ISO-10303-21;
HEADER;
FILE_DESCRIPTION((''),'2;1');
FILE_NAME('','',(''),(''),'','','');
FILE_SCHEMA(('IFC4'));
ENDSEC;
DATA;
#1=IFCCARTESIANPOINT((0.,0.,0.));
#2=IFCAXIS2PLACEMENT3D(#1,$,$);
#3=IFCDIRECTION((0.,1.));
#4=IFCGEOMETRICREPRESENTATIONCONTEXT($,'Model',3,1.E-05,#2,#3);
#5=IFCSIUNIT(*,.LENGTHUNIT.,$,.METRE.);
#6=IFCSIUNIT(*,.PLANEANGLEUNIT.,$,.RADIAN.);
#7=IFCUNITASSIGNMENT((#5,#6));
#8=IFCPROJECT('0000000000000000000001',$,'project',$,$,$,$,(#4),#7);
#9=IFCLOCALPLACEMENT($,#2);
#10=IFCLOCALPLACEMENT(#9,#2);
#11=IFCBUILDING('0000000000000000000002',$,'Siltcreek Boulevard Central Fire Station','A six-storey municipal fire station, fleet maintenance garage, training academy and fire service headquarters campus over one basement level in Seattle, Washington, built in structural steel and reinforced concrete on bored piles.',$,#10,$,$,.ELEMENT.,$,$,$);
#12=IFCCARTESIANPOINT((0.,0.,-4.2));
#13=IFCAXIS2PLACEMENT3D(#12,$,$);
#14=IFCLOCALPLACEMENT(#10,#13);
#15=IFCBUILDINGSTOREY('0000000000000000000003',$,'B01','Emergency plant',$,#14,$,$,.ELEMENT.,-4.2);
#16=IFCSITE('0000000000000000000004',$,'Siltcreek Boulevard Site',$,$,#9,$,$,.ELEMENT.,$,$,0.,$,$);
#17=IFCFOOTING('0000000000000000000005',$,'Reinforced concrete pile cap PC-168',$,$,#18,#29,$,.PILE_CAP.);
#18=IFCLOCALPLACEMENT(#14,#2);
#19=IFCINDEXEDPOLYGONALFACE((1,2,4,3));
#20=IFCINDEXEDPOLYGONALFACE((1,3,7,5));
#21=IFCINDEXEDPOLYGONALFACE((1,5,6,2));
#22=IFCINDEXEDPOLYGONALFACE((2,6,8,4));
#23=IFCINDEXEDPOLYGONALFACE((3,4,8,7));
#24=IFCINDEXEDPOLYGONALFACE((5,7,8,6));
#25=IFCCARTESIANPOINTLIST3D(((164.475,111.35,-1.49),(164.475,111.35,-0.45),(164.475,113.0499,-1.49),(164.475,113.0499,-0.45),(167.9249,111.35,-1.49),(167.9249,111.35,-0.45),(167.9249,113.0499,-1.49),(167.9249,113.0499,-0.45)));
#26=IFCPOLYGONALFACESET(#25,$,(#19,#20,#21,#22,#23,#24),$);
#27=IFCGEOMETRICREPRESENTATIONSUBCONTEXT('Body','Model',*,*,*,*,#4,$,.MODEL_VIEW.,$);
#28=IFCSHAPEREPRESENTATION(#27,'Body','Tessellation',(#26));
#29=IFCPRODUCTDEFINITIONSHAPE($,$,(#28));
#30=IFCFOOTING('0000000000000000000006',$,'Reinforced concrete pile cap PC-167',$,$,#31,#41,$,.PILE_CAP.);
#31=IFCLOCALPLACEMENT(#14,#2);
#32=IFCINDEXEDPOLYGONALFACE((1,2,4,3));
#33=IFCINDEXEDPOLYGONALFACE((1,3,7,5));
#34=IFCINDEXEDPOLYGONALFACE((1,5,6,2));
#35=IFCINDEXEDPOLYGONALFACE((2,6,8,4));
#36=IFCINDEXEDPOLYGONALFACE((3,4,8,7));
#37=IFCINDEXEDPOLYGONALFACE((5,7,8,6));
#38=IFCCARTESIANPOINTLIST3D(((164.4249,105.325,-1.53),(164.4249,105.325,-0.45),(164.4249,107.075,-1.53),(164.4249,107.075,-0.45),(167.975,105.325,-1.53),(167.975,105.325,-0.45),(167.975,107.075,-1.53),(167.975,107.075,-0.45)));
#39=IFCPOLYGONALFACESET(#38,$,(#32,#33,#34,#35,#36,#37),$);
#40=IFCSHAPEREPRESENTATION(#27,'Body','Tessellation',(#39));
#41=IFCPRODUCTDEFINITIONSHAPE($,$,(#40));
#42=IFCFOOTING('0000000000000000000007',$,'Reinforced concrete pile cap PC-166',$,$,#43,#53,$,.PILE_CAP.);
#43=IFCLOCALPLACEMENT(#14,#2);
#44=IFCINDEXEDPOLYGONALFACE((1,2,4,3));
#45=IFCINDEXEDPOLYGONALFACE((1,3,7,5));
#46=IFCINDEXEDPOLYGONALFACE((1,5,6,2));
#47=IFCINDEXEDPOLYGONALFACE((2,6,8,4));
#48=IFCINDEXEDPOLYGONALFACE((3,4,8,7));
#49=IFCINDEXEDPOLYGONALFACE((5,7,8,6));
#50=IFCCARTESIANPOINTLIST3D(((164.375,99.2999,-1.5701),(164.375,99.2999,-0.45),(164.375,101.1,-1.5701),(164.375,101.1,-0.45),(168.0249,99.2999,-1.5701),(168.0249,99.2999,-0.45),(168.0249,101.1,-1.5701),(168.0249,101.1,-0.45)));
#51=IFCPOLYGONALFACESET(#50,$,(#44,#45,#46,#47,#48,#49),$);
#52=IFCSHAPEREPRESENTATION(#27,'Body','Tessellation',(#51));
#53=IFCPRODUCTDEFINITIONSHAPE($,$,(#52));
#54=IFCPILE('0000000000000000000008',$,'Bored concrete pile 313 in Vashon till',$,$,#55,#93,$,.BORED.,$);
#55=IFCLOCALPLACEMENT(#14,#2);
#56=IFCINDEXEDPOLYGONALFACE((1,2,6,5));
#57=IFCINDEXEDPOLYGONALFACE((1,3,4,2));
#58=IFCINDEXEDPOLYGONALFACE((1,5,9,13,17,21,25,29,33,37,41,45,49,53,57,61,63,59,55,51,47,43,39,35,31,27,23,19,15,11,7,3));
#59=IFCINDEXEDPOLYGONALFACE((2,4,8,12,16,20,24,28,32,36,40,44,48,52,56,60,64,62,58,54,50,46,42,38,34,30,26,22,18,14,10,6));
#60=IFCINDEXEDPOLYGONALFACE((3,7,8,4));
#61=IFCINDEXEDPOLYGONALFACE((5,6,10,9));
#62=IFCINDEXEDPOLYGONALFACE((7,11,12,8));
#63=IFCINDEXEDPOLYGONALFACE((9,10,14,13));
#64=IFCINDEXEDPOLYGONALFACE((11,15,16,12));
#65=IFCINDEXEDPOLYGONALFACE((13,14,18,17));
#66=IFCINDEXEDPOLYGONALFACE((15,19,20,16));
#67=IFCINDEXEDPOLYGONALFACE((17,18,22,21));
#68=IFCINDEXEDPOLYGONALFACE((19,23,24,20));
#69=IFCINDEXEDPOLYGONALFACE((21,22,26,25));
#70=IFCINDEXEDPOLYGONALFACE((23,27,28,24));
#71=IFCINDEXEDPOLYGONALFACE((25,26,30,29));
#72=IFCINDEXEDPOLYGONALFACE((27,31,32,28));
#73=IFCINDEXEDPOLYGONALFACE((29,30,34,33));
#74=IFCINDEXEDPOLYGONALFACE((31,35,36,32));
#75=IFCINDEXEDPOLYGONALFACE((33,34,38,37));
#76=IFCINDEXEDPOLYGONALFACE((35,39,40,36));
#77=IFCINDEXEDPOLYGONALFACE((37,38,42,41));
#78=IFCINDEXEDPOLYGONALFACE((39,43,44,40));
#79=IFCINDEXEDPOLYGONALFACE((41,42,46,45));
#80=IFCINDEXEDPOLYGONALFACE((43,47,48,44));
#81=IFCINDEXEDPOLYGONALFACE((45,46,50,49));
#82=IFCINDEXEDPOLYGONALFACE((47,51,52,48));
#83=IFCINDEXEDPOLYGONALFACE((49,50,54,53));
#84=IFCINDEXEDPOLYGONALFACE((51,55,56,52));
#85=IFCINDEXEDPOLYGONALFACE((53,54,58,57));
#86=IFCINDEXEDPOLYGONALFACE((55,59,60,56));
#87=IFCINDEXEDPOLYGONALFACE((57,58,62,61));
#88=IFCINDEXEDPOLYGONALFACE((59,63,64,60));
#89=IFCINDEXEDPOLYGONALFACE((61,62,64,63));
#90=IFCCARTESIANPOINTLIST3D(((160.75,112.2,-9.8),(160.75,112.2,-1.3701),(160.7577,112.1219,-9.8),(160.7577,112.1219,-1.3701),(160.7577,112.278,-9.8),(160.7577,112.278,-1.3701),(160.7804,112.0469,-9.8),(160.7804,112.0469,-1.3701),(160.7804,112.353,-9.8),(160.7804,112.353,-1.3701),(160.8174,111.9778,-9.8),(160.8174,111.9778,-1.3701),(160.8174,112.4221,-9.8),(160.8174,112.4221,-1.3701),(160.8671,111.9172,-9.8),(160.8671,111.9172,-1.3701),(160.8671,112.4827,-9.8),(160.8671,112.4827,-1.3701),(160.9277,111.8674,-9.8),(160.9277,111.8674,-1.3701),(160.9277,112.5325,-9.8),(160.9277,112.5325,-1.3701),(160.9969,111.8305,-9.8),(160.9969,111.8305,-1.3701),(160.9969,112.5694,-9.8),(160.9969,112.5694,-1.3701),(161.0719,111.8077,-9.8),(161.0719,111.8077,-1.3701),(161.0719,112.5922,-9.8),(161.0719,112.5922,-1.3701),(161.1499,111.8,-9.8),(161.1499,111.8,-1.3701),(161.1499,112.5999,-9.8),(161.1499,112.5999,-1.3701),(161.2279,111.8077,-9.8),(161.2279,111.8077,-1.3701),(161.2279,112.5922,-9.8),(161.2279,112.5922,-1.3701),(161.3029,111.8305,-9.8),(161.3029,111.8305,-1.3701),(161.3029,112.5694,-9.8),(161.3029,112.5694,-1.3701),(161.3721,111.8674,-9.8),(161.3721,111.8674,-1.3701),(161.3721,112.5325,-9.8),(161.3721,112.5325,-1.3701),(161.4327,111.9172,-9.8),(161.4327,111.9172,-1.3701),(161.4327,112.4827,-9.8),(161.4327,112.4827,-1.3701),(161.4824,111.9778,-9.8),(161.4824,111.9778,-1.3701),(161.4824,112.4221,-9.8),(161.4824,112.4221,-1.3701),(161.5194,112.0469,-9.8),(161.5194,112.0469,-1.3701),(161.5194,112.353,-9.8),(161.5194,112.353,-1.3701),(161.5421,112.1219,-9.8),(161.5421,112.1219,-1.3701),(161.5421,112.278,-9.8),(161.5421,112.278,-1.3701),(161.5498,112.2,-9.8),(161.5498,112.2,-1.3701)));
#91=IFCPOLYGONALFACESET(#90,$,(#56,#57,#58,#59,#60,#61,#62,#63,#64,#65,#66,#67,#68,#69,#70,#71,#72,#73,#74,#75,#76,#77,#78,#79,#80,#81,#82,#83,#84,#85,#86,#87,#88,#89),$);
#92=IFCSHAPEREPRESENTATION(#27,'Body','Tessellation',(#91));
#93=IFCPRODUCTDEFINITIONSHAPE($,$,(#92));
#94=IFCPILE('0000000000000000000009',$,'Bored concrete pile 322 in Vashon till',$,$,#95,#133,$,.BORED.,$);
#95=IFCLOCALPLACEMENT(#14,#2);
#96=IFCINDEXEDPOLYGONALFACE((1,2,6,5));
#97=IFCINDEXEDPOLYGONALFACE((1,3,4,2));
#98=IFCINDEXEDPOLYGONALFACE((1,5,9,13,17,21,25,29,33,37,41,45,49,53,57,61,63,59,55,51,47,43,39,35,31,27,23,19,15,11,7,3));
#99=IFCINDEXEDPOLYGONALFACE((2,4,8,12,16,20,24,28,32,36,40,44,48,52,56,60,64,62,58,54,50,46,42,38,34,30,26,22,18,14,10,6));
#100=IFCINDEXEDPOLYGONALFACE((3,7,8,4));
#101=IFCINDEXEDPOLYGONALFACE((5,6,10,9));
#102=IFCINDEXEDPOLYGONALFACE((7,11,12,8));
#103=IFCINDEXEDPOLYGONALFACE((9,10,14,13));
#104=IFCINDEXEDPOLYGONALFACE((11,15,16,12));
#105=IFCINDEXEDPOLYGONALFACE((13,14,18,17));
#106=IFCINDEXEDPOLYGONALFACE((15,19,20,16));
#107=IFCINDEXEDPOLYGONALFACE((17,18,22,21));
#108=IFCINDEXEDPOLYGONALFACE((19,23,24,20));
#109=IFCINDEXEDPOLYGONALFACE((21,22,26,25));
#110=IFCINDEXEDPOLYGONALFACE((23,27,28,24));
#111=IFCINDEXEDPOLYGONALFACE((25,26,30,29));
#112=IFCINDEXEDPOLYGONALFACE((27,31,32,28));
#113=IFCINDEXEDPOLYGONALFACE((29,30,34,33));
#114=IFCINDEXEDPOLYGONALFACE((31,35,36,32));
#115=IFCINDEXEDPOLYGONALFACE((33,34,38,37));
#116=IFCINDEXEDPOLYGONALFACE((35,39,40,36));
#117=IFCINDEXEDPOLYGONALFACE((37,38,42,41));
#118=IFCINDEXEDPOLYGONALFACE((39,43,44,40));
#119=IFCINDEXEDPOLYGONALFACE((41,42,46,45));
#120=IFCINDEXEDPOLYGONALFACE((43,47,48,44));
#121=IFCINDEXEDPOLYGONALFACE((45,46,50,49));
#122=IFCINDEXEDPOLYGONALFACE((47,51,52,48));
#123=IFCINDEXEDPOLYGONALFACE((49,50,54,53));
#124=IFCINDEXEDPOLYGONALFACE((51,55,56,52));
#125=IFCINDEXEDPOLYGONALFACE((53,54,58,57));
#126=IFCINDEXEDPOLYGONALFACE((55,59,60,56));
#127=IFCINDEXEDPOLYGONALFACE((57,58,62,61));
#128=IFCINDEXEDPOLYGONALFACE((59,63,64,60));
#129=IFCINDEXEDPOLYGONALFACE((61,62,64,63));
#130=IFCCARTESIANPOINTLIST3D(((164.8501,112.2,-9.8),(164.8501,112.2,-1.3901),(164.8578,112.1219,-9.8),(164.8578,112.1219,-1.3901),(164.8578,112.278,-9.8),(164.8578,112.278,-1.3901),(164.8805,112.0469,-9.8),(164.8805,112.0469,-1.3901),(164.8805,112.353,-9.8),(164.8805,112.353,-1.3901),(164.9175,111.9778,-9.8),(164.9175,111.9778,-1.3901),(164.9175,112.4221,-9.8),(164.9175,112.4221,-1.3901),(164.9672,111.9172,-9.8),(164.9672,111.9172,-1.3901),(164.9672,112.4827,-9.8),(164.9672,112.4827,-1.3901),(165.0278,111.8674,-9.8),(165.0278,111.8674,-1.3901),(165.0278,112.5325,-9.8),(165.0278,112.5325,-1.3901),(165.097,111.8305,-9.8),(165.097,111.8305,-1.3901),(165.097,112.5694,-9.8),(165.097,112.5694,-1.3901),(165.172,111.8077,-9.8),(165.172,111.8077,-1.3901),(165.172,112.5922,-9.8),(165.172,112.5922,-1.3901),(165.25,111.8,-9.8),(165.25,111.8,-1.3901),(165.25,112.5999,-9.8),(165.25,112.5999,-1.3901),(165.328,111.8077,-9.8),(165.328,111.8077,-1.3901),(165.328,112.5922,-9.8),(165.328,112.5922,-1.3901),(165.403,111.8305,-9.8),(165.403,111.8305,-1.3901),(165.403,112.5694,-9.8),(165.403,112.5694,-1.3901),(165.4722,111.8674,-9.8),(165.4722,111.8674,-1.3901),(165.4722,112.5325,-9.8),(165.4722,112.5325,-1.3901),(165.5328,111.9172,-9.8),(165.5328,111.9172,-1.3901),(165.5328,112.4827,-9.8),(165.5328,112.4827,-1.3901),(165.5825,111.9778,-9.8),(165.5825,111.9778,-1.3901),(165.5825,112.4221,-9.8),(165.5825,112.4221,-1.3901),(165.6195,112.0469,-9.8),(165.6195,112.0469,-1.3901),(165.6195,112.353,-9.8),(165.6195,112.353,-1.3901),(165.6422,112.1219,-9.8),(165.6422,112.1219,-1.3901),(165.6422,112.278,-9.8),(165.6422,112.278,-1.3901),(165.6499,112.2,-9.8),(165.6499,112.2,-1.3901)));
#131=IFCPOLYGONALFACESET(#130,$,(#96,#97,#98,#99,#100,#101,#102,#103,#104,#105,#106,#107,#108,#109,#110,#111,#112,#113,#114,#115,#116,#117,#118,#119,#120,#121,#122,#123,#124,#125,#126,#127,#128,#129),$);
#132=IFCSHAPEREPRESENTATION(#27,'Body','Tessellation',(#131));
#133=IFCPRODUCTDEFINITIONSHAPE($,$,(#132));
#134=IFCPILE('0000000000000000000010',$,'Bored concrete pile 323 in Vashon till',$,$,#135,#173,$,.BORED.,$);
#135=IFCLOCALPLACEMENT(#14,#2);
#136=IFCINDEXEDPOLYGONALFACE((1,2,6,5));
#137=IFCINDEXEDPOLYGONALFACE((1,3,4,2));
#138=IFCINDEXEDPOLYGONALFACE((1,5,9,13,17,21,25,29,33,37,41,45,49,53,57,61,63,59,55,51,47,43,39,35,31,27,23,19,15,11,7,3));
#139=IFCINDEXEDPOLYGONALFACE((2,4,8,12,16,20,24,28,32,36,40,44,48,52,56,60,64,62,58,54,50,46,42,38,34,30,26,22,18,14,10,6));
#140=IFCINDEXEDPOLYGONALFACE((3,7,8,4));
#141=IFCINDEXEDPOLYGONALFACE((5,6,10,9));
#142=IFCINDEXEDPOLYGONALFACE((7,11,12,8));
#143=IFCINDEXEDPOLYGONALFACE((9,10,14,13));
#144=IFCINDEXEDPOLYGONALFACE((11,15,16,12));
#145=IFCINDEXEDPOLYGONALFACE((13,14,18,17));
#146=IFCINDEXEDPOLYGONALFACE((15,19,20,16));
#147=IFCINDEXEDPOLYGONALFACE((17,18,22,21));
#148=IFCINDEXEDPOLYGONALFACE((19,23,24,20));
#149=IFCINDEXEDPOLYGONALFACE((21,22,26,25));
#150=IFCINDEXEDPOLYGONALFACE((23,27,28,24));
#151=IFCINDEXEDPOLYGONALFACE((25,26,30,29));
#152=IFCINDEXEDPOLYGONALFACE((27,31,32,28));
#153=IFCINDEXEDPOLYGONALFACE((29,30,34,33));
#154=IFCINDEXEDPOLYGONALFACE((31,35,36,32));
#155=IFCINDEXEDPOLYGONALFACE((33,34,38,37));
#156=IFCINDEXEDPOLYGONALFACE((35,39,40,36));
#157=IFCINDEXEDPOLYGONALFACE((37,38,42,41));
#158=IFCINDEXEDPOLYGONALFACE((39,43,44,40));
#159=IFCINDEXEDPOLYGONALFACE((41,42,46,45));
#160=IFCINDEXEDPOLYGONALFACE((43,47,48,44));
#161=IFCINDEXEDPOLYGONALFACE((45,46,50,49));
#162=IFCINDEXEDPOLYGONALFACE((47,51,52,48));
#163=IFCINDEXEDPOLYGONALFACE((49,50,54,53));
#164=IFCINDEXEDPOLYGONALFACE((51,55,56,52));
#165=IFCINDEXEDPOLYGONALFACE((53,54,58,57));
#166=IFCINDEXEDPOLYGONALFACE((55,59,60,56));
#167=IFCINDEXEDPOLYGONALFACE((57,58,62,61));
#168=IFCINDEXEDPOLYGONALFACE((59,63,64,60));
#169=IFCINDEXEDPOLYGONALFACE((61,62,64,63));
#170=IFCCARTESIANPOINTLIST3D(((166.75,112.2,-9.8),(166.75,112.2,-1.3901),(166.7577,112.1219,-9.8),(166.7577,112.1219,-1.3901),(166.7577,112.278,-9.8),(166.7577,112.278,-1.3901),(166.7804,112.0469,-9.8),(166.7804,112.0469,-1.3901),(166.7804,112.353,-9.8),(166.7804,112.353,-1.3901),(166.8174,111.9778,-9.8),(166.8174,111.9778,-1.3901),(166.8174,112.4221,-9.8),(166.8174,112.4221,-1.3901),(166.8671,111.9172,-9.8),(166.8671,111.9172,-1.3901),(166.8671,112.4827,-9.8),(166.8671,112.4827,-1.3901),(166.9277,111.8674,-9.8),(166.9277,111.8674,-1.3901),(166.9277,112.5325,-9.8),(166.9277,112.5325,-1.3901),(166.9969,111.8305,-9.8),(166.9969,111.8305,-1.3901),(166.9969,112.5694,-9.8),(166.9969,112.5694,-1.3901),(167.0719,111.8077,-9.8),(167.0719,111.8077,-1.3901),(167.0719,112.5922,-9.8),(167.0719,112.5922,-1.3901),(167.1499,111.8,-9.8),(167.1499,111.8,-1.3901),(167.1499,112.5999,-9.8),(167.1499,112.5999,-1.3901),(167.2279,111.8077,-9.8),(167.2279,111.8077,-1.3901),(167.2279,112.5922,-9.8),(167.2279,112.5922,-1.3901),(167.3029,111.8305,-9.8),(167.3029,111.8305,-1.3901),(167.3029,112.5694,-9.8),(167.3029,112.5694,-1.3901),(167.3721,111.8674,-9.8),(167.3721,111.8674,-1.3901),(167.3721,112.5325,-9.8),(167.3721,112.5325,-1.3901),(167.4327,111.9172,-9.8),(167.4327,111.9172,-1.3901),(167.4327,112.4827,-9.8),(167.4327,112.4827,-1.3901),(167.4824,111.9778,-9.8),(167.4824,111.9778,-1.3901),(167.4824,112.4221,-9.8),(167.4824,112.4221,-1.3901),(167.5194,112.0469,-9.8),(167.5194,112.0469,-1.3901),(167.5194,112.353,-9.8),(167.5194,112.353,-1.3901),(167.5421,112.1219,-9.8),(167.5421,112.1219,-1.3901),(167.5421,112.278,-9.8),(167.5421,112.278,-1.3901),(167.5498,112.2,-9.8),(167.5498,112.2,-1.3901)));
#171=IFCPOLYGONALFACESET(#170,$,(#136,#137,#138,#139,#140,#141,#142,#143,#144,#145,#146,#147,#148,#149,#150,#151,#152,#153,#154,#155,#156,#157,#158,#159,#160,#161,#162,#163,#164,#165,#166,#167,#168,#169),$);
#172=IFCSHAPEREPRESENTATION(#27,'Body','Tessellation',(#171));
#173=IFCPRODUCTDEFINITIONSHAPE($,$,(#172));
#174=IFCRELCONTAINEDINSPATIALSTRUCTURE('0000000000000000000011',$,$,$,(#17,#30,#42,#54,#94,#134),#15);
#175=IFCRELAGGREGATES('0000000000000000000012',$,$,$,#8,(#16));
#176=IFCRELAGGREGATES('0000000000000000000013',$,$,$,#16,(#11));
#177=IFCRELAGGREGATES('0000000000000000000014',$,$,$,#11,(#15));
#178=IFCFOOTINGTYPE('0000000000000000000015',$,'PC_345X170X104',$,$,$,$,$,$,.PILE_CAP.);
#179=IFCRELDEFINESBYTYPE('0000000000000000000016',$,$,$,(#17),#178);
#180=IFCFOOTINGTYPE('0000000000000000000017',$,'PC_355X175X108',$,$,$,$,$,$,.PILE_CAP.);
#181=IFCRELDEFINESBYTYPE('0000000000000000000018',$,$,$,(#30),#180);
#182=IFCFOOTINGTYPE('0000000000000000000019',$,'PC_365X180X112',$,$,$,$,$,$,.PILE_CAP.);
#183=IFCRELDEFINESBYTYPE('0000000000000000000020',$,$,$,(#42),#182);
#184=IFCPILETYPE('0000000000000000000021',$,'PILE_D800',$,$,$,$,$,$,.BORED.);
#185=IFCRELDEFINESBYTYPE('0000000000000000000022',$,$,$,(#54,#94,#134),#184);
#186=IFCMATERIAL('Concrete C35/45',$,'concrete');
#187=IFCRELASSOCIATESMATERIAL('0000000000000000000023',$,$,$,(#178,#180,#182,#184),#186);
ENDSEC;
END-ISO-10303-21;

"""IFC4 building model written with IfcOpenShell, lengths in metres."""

from ifc_helpers import new_model, si_unit, direction, frame, origin, origin_2d, place, context, subcontext, project, spatial, rectangle, circle, extrude, material, material_profile, profile_set, type_object, element, save


model = new_model("IFC4")

# Units and contexts
model_context = context("Model", 3, precision=1e-05, world=origin(), true_north=direction((0.0, 1.0)))
body_context = subcontext(model_context, "Body", "Model", "MODEL_VIEW")
ifc_project = project(units=[si_unit("LENGTHUNIT", "METRE"), si_unit("PLANEANGLEUNIT", "RADIAN")], contexts=[model_context])

# Site, building, storey
site_placement = place(None, origin())
site = spatial("IfcSite", under=ifc_project, at=site_placement, Name="Siltcreek Boulevard Site", CompositionType="ELEMENT", RefElevation=0.0)
building_placement = place(site_placement, origin())
building = spatial("IfcBuilding", under=site, at=building_placement, Name="Siltcreek Boulevard Central Fire Station", Description="A six-storey municipal fire station, fleet maintenance garage, training academy and fire service headquarters campus over one basement level in Seattle, Washington, built in structural steel and reinforced concrete on bored piles.", CompositionType="ELEMENT")
storey_placement = place(building_placement, frame((0.0, 0.0, -4.2)))
storey = spatial("IfcBuildingStorey", under=building, at=storey_placement, Name="B01", Description="Emergency plant", CompositionType="ELEMENT", Elevation=-4.2)

# Footings
ifc_material_1 = material(Name="Concrete C35/45", Category="concrete")
footing_type_1 = type_object("IfcFootingType", Name="PC_345X170X104", PredefinedType="PILE_CAP", material=ifc_material_1)
footing_1_placement = place(storey_placement, frame((166.2, 112.2, -1.49), z_axis=(0.0, 0.0, 1.0), x_axis=(1.0, 0.0, 0.0)))
element("IfcFooting", 1, at=footing_1_placement, inside=storey, type_object=footing_type_1, Name="Reinforced concrete pile cap PC-168", PredefinedType="PILE_CAP", context=body_context, shape_type="SweptSolid", body=[
    extrude(rectangle(XDim=3.45, YDim=1.7, at=origin_2d()), origin(), (0.0, 0.0, 1.0), 1.04),
])
footing_type_2 = type_object("IfcFootingType", Name="PC_355X175X108", PredefinedType="PILE_CAP", material=ifc_material_1)
footing_2_placement = place(storey_placement, frame((166.2, 106.2, -1.53), z_axis=(0.0, 0.0, 1.0), x_axis=(1.0, 0.0, 0.0)))
element("IfcFooting", 2, at=footing_2_placement, inside=storey, type_object=footing_type_2, Name="Reinforced concrete pile cap PC-167", PredefinedType="PILE_CAP", context=body_context, shape_type="SweptSolid", body=[
    extrude(rectangle(XDim=3.55, YDim=1.75, at=origin_2d()), origin(), (0.0, 0.0, 1.0), 1.0801),
])
footing_type_3 = type_object("IfcFootingType", Name="PC_365X180X112", PredefinedType="PILE_CAP", material=ifc_material_1)
footing_3_placement = place(storey_placement, frame((166.2, 100.2, -1.5701), z_axis=(0.0, 0.0, 1.0), x_axis=(1.0, 0.0, 0.0)))
element("IfcFooting", 3, at=footing_3_placement, inside=storey, type_object=footing_type_3, Name="Reinforced concrete pile cap PC-166", PredefinedType="PILE_CAP", context=body_context, shape_type="SweptSolid", body=[
    extrude(rectangle(XDim=3.6499, YDim=1.8, at=origin_2d()), origin(), (0.0, 0.0, 1.0), 1.1201),
])

# Piles
ifc_material_profile_1 = material_profile(ifc_material_1, circle(Radius=0.3999, at=origin_2d()), Name="SHAFT800")
ifc_profile_set_1 = profile_set([ifc_material_profile_1], Name="Concrete C35/45")
pile_type_1 = type_object("IfcPileType", Name="PILE_D800", PredefinedType="BORED", material=ifc_profile_set_1)
pile_placement = place(storey_placement, frame((161.1499, 112.2, -1.3701), z_axis=(0.0, 0.0, -1.0), x_axis=(1.0, 0.0, 0.0)))
element("IfcPile", 4, at=pile_placement, inside=storey, type_object=pile_type_1, Name="Bored concrete pile 313 in Vashon till", PredefinedType="BORED", context=body_context, shape_type="SweptSolid", body=[
    extrude(circle(Radius=0.3999, at=origin_2d()), origin(), (0.0, 0.0, 1.0), 8.4299),
])
for number, where, z_axis, x_axis, name in (
    (5, (165.25, 112.2, -1.3901), (0.0, 0.0, -1.0), (1.0, 0.0, 0.0), "Bored concrete pile 322 in Vashon till"),
    (6, (167.1499, 112.2, -1.3901), (0.0, 0.0, -1.0), (1.0, 0.0, 0.0), "Bored concrete pile 323 in Vashon till"),
):
    element("IfcPile", number, at=place(storey_placement, frame(where, z_axis=z_axis, x_axis=x_axis)), inside=storey, type_object=pile_type_1, Name=name, PredefinedType="BORED", context=body_context, shape_type="SweptSolid", body=[
        extrude(circle(Radius=0.3999, at=origin_2d()), origin(), (0.0, 0.0, 1.0), 8.4099),
    ])

save(model, "model.ifc")
